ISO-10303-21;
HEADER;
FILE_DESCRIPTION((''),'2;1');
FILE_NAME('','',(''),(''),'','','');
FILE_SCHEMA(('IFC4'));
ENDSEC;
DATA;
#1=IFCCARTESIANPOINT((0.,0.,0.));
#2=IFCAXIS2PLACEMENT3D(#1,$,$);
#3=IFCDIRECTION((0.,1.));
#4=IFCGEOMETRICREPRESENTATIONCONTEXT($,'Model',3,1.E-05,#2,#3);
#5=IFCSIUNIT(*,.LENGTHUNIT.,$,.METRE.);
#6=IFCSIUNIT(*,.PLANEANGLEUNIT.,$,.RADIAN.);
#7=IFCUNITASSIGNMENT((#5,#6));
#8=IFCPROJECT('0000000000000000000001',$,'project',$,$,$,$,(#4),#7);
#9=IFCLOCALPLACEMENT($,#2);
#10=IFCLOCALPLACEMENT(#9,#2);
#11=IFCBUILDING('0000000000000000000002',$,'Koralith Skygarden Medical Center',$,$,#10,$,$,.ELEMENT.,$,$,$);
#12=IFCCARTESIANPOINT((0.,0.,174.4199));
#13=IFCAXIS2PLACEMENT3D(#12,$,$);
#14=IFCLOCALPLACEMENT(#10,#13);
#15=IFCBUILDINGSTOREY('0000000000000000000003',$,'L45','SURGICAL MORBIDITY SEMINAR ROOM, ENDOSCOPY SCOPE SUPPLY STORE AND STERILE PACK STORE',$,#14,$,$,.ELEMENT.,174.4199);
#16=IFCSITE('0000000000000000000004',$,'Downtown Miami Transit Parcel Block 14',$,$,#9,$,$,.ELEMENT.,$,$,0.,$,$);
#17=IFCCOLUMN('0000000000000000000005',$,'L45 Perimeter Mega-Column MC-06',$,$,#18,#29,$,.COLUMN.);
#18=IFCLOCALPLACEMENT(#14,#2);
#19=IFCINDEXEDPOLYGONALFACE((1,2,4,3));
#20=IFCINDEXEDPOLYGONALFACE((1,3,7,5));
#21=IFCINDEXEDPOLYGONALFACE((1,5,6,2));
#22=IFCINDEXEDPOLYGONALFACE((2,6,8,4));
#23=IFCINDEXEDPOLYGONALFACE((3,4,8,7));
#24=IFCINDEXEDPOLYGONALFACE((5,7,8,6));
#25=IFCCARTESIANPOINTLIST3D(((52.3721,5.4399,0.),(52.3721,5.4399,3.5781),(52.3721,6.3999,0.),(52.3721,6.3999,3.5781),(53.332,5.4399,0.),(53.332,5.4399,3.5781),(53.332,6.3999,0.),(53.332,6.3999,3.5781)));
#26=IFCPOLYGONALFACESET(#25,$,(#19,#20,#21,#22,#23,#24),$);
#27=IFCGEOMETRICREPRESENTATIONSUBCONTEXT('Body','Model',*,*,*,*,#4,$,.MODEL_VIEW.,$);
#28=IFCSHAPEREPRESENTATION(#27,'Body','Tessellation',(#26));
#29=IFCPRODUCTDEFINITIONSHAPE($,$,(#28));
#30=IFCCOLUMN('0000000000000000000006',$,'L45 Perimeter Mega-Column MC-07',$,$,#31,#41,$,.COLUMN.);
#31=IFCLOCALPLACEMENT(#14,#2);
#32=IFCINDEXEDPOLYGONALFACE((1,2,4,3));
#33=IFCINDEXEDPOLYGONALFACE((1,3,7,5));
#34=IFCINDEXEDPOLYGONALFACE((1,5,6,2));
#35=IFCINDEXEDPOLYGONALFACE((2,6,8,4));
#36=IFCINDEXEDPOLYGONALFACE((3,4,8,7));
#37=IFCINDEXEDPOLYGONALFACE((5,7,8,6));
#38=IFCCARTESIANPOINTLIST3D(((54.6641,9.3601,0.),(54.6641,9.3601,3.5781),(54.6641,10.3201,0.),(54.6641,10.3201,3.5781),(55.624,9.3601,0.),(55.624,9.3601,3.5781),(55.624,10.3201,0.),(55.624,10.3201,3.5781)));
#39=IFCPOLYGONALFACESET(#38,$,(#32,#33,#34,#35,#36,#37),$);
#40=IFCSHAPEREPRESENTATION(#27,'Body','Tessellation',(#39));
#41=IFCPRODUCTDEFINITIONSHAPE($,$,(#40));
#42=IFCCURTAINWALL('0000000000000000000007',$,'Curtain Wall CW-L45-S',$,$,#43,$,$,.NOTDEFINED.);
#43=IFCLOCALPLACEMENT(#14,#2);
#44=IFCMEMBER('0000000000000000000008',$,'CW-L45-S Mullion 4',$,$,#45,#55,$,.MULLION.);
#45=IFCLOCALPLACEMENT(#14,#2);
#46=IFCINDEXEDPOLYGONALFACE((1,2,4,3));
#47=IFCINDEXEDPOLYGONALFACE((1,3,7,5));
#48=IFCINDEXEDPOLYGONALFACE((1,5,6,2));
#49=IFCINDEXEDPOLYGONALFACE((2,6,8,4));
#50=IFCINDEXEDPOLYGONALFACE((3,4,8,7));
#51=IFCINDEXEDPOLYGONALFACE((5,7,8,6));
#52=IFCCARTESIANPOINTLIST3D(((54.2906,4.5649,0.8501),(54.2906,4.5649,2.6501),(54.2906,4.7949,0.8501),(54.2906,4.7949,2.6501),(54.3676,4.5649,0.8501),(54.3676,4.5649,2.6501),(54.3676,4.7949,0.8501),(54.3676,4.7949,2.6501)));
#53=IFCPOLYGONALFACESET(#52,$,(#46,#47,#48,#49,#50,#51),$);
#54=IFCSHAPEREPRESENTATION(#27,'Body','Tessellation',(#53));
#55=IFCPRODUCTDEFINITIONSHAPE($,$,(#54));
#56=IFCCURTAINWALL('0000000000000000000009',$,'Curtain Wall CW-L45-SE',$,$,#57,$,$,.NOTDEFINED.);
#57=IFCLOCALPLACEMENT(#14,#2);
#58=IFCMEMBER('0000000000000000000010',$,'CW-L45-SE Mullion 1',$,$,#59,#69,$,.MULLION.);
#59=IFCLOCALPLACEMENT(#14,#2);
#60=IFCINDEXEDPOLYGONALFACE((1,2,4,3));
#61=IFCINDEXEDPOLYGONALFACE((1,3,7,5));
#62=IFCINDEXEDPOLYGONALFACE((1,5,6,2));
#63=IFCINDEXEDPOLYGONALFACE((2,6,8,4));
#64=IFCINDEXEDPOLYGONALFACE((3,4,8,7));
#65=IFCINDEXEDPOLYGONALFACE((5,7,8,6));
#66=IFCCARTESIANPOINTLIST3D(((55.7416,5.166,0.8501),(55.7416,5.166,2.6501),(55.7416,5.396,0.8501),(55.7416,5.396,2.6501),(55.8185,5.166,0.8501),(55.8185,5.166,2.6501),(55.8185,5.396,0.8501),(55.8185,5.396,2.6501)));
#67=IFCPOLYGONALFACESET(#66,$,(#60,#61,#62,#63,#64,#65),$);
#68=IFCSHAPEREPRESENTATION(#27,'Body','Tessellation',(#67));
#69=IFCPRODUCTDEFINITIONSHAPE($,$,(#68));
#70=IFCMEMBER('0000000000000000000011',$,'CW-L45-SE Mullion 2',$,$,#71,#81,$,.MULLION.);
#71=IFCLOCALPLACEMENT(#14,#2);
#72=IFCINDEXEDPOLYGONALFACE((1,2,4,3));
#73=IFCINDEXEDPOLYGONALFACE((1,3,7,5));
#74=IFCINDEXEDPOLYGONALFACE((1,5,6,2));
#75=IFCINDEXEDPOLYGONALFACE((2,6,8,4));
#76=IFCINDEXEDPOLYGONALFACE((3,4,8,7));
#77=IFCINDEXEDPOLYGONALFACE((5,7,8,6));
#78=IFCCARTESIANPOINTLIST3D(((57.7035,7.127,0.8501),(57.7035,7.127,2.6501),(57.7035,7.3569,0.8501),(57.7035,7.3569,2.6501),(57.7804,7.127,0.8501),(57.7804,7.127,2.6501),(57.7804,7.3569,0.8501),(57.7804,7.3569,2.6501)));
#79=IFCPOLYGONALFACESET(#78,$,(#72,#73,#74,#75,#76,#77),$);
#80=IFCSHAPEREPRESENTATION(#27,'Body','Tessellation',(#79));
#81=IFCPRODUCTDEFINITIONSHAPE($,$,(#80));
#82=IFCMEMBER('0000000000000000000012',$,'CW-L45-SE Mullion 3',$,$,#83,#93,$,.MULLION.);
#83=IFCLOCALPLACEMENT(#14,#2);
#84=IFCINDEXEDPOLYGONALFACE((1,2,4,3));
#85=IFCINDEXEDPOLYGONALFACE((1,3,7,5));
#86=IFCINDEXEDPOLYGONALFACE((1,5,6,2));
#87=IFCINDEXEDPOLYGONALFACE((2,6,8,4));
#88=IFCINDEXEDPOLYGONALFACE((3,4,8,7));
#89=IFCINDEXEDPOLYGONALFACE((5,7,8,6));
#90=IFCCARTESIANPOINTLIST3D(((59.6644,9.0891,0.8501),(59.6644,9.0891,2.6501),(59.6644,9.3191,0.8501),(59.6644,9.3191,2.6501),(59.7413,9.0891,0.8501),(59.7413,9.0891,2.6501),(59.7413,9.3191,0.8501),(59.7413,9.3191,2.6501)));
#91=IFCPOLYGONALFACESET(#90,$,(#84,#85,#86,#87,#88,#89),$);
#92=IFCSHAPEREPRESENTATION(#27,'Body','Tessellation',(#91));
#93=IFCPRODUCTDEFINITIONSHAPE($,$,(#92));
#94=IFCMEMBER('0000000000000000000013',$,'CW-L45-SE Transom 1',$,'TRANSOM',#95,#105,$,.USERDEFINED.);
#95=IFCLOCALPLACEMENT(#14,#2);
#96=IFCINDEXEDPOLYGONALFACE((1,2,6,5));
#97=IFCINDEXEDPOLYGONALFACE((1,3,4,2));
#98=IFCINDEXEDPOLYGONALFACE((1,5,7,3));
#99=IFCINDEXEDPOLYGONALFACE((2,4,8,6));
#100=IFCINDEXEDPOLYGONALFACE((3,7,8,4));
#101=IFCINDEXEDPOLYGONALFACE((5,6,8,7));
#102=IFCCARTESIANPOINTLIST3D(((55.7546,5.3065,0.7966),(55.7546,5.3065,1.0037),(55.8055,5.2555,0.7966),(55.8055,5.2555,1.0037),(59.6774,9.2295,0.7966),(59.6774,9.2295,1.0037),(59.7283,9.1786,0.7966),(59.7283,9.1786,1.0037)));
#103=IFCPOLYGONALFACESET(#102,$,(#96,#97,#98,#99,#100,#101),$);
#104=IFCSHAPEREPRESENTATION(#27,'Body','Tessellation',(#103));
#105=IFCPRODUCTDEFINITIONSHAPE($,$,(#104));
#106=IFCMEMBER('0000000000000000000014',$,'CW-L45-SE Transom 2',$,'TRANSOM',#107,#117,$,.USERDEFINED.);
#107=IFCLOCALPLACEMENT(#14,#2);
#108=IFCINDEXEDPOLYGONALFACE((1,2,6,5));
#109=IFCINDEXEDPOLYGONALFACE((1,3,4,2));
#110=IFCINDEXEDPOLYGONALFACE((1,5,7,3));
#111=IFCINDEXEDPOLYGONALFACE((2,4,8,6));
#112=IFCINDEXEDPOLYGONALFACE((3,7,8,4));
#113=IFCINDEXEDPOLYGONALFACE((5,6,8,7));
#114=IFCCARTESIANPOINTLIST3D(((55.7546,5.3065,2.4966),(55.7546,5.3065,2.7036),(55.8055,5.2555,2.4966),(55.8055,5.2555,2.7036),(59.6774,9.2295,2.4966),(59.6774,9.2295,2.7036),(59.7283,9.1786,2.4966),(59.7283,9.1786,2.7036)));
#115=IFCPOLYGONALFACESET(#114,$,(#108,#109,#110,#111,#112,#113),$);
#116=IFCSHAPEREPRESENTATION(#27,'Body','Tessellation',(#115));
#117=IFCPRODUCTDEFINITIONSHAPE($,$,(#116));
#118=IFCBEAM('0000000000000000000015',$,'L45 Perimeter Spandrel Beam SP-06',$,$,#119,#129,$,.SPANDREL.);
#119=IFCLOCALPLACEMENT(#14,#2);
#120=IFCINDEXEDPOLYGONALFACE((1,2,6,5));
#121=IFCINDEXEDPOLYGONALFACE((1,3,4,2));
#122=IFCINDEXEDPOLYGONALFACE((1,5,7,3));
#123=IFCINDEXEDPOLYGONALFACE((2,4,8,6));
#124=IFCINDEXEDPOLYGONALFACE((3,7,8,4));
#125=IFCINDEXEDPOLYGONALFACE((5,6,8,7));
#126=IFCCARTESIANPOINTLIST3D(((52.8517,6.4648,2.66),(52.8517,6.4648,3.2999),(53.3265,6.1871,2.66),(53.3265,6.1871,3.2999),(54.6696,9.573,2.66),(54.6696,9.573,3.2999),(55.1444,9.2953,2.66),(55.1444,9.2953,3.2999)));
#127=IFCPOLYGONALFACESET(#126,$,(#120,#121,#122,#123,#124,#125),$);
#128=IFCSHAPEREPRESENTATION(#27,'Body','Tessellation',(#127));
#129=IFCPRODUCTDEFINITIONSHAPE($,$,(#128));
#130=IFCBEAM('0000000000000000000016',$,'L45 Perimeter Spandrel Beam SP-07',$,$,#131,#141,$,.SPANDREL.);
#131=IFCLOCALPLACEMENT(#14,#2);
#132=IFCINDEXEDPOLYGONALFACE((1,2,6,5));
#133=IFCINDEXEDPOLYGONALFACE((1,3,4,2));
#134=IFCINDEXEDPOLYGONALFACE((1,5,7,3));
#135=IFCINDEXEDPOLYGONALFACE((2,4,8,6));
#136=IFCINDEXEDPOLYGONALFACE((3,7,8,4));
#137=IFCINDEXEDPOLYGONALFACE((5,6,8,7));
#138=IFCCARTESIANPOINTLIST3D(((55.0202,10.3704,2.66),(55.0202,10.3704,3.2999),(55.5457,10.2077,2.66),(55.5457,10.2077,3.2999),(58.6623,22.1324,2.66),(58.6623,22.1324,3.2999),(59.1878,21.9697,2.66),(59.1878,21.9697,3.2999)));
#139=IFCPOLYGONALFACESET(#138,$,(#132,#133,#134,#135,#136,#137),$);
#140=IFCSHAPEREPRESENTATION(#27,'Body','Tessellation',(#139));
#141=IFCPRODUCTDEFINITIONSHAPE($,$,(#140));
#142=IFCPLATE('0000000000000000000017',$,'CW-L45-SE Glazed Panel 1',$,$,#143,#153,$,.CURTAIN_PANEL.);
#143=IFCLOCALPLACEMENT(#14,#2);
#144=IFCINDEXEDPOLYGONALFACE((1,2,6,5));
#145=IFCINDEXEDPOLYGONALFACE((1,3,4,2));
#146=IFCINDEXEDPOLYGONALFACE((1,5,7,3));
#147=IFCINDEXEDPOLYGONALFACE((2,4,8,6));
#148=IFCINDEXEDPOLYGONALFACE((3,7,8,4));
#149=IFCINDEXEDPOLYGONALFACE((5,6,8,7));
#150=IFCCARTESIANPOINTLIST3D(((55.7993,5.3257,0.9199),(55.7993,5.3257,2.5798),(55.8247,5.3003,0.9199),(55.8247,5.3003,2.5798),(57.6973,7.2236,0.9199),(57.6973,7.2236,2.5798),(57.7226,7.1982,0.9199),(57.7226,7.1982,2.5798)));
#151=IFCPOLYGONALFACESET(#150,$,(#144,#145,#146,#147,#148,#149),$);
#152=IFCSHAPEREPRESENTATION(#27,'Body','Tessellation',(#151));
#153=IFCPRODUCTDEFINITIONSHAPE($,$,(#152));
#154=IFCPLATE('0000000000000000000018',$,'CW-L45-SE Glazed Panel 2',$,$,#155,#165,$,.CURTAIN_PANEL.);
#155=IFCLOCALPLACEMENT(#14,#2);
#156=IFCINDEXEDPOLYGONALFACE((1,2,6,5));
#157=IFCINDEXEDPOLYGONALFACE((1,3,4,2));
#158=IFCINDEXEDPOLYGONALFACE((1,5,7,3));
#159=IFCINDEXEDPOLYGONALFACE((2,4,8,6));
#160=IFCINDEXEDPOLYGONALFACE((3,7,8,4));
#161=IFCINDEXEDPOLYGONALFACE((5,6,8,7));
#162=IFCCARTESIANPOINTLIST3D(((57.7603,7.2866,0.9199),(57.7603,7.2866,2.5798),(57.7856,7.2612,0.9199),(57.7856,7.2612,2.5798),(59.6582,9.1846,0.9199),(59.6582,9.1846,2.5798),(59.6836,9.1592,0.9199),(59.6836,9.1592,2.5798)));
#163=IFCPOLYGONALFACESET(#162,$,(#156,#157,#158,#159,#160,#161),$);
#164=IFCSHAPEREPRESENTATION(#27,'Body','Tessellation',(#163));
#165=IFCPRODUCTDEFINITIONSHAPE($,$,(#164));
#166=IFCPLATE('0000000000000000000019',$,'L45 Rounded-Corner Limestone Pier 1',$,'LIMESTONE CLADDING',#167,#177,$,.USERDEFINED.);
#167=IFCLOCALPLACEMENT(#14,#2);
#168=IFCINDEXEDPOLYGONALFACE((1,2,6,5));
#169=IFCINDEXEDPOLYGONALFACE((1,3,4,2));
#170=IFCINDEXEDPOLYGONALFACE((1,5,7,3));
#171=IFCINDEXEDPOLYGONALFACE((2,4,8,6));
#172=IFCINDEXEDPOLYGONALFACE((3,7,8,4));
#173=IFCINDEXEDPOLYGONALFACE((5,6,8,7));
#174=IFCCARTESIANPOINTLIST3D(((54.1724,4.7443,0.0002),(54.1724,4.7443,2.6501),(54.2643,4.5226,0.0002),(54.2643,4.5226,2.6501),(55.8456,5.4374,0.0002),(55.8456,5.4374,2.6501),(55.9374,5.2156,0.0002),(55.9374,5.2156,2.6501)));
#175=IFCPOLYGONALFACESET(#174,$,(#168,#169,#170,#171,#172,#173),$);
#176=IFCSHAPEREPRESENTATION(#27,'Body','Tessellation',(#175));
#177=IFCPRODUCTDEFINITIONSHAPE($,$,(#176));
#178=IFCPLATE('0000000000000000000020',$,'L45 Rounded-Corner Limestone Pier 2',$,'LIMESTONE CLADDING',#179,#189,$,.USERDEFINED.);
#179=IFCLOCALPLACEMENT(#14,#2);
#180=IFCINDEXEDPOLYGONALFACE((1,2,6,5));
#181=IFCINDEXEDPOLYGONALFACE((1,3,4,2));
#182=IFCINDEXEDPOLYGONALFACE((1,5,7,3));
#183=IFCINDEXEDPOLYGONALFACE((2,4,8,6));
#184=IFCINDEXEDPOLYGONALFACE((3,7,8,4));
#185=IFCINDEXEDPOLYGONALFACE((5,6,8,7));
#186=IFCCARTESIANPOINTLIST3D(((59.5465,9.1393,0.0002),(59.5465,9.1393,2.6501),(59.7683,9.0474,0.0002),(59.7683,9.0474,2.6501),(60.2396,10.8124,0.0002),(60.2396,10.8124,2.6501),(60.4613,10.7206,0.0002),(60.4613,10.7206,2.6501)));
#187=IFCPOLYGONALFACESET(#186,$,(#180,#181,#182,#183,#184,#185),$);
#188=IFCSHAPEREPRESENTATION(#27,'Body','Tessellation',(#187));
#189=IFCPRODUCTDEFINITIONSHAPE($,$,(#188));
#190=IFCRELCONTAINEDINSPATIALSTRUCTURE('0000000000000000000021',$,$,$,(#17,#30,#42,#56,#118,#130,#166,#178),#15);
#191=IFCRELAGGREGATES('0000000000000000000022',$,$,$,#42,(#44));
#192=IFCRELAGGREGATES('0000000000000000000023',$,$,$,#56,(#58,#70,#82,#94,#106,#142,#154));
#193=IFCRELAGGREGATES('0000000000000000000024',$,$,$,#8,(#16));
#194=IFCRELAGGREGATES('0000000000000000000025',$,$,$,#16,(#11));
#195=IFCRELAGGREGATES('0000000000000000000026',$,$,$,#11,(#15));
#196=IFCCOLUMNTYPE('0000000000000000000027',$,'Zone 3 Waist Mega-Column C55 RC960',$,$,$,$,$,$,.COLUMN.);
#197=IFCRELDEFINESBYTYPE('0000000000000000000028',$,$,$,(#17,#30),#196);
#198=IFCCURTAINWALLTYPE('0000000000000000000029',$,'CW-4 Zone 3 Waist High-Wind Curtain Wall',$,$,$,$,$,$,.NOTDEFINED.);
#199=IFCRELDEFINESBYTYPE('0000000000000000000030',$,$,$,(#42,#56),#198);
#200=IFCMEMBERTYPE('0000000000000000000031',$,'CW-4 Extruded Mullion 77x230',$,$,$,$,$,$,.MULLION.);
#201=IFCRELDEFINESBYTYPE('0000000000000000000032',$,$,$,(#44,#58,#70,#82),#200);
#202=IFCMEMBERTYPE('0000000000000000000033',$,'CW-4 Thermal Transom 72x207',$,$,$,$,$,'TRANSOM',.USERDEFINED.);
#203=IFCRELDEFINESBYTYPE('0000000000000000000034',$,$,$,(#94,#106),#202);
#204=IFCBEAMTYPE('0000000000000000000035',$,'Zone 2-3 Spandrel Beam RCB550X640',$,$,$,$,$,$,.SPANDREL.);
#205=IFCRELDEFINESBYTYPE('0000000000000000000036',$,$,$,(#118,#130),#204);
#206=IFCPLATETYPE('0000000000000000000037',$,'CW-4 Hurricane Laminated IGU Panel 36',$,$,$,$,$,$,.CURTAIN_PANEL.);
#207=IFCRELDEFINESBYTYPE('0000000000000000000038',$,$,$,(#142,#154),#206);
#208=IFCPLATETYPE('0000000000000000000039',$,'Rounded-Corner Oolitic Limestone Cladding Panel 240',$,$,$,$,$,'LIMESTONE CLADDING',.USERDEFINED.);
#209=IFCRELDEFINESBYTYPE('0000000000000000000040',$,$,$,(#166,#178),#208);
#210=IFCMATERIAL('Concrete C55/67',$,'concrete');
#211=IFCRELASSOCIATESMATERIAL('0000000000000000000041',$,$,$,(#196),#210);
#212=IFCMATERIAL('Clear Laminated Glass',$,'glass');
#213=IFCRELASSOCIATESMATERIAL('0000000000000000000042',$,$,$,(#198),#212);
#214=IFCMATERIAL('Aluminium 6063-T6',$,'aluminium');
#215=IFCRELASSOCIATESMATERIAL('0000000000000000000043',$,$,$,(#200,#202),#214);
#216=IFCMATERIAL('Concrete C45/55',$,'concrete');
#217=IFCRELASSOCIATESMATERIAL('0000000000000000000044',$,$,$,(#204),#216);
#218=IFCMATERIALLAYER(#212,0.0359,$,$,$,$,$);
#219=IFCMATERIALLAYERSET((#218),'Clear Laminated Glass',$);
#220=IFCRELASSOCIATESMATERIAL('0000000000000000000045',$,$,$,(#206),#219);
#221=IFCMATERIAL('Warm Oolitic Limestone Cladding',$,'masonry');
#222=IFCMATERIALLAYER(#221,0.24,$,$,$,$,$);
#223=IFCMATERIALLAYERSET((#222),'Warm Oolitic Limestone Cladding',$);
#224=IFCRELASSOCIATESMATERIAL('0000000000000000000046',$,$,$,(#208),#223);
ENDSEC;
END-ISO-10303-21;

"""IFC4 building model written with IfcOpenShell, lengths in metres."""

from ifc_helpers import new_model, si_unit, direction, frame, origin, origin_2d, place, context, subcontext, project, spatial, rectangle, extrude, material, layer, layer_set, material_profile, profile_set, type_object, element, aggregate, save


model = new_model("IFC4")

# Units and contexts
model_context = context("Model", 3, precision=1e-05, world=origin(), true_north=direction((0.0, 1.0)))
body_context = subcontext(model_context, "Body", "Model", "MODEL_VIEW")
ifc_project = project(units=[si_unit("LENGTHUNIT", "METRE"), si_unit("PLANEANGLEUNIT", "RADIAN")], contexts=[model_context])

# Site, building, storey
site_placement = place(None, origin())
site = spatial("IfcSite", under=ifc_project, at=site_placement, Name="Downtown Miami Transit Parcel Block 14", CompositionType="ELEMENT", RefElevation=0.0)
building_placement = place(site_placement, origin())
building = spatial("IfcBuilding", under=site, at=building_placement, Name="Koralith Skygarden Medical Center", CompositionType="ELEMENT")
storey_placement = place(building_placement, frame((0.0, 0.0, 174.4199)))
storey = spatial("IfcBuildingStorey", under=building, at=storey_placement, Name="L45", Description="SURGICAL MORBIDITY SEMINAR ROOM, ENDOSCOPY SCOPE SUPPLY STORE AND STERILE PACK STORE", CompositionType="ELEMENT", Elevation=174.4199)

# Columns
ifc_material_1 = material(Name="Concrete C55/67", Category="concrete")
ifc_material_profile_1 = material_profile(ifc_material_1, rectangle(XDim=0.96, YDim=0.96, at=origin_2d()), Name="RC960X960")
ifc_profile_set_1 = profile_set([ifc_material_profile_1], Name="Concrete C55/67")
column_type = type_object("IfcColumnType", Name="Zone 3 Waist Mega-Column C55 RC960", PredefinedType="COLUMN", material=ifc_profile_set_1)
for number, where, z_axis, x_axis, name in (
    (1, (52.8521, 5.9199, 0.0), (0.0, 0.0, 1.0), (1.0, 0.0, 0.0), "L45 Perimeter Mega-Column MC-06"),
    (2, (55.144, 9.8401, 0.0), (0.0, 0.0, 1.0), (1.0, 0.0, 0.0), "L45 Perimeter Mega-Column MC-07"),
):
    element("IfcColumn", number, at=place(storey_placement, frame(where, z_axis=z_axis, x_axis=x_axis)), inside=storey, type_object=column_type, Name=name, PredefinedType="COLUMN", context=body_context, shape_type="SweptSolid", body=[
        extrude(rectangle(XDim=0.96, YDim=0.96, at=origin_2d()), origin(), (0.0, 0.0, 1.0), 3.5781),
    ])

# Curtain wall, member
ifc_material_2 = material(Name="Clear Laminated Glass", Category="glass")
curtain_wall_type = type_object("IfcCurtainWallType", Name="CW-4 Zone 3 Waist High-Wind Curtain Wall", PredefinedType="NOTDEFINED", material=ifc_material_2)
curtain_wall_1_placement = place(storey_placement, origin())
curtain_wall_1 = element("IfcCurtainWall", 3, at=curtain_wall_1_placement, inside=storey, type_object=curtain_wall_type, Name="Curtain Wall CW-L45-S", PredefinedType="NOTDEFINED")
ifc_material_3 = material(Name="Aluminium 6063-T6", Category="aluminium")
ifc_material_profile_2 = material_profile(ifc_material_3, rectangle(XDim=0.0769, YDim=0.23, at=origin_2d()), Name="MUL77X230")
ifc_profile_set_2 = profile_set([ifc_material_profile_2], Name="Aluminium 6063-T6")
member_type_1 = type_object("IfcMemberType", Name="CW-4 Extruded Mullion 77x230", PredefinedType="MULLION", material=ifc_profile_set_2)
member_1_placement = place(storey_placement, frame((54.3291, 4.6799, 0.8501), z_axis=(0.0, 0.0, 1.0), x_axis=(1.0, 0.0, 0.0)))
member_1 = element("IfcMember", 4, at=member_1_placement, type_object=member_type_1, Name="CW-L45-S Mullion 4", PredefinedType="MULLION", context=body_context, shape_type="SweptSolid", body=[
    extrude(rectangle(XDim=0.0769, YDim=0.23, at=origin_2d()), origin(), (0.0, 0.0, 1.0), 1.8),
])
aggregate(curtain_wall_1, [member_1])

# Curtain wall, members
curtain_wall_2_placement = place(storey_placement, origin())
curtain_wall_2 = element("IfcCurtainWall", 5, at=curtain_wall_2_placement, inside=storey, type_object=curtain_wall_type, Name="Curtain Wall CW-L45-SE", PredefinedType="NOTDEFINED")
member_2_placement = place(storey_placement, frame((55.78, 5.281, 0.8501), z_axis=(0.0, 0.0, 1.0), x_axis=(1.0, 0.0, 0.0)))
member_2 = element("IfcMember", 6, at=member_2_placement, type_object=member_type_1, Name="CW-L45-SE Mullion 1", PredefinedType="MULLION", context=body_context, shape_type="SweptSolid", body=[
    extrude(rectangle(XDim=0.0769, YDim=0.23, at=origin_2d()), origin(), (0.0, 0.0, 1.0), 1.8),
])
member_3_placement = place(storey_placement, frame((57.7419, 7.2419, 0.8501), z_axis=(0.0, 0.0, 1.0), x_axis=(1.0, 0.0, 0.0)))
member_3 = element("IfcMember", 7, at=member_3_placement, type_object=member_type_1, Name="CW-L45-SE Mullion 2", PredefinedType="MULLION", context=body_context, shape_type="SweptSolid", body=[
    extrude(rectangle(XDim=0.0769, YDim=0.23, at=origin_2d()), origin(), (0.0, 0.0, 1.0), 1.8),
])
member_4_placement = place(storey_placement, frame((59.7029, 9.2041, 0.8501), z_axis=(0.0, 0.0, 1.0), x_axis=(1.0, 0.0, 0.0)))
member_4 = element("IfcMember", 8, at=member_4_placement, type_object=member_type_1, Name="CW-L45-SE Mullion 3", PredefinedType="MULLION", context=body_context, shape_type="SweptSolid", body=[
    extrude(rectangle(XDim=0.0769, YDim=0.23, at=origin_2d()), origin(), (0.0, 0.0, 1.0), 1.8),
])
ifc_material_profile_3 = material_profile(ifc_material_3, rectangle(XDim=0.072, YDim=0.207, at=origin_2d()), Name="TRN72X207")
ifc_profile_set_3 = profile_set([ifc_material_profile_3], Name="Aluminium 6063-T6")
member_type_2 = type_object("IfcMemberType", Name="CW-4 Thermal Transom 72x207", ElementType="TRANSOM", PredefinedType="USERDEFINED", material=ifc_profile_set_3)
member_5_placement = place(storey_placement, frame((55.78, 5.281, 0.9001), z_axis=(0.707085, 0.707129, 0.0), x_axis=(-0.707129, 0.707085, 0.0)))
member_5 = element("IfcMember", 9, at=member_5_placement, type_object=member_type_2, Name="CW-L45-SE Transom 1", ObjectType="TRANSOM", PredefinedType="USERDEFINED", context=body_context, shape_type="SweptSolid", body=[
    extrude(rectangle(XDim=0.072, YDim=0.207, at=origin_2d()), origin(), (0.0, 0.0, 1.0), 5.5479),
])
member_6_placement = place(storey_placement, frame((55.78, 5.281, 2.6001), z_axis=(0.707085, 0.707129, 0.0), x_axis=(-0.707129, 0.707085, 0.0)))
member_6 = element("IfcMember", 10, at=member_6_placement, type_object=member_type_2, Name="CW-L45-SE Transom 2", ObjectType="TRANSOM", PredefinedType="USERDEFINED", context=body_context, shape_type="SweptSolid", body=[
    extrude(rectangle(XDim=0.072, YDim=0.207, at=origin_2d()), origin(), (0.0, 0.0, 1.0), 5.5479),
])

# Beams
ifc_material_4 = material(Name="Concrete C45/55", Category="concrete")
ifc_material_profile_4 = material_profile(ifc_material_4, rectangle(XDim=0.55, YDim=0.6399, at=origin_2d()), Name="RCB550X640")
ifc_profile_set_4 = profile_set([ifc_material_profile_4], Name="Concrete C45/55")
beam_type = type_object("IfcBeamType", Name="Zone 2-3 Spandrel Beam RCB550X640", PredefinedType="SPANDREL", material=ifc_profile_set_4)
beam_1_placement = place(storey_placement, frame((53.0891, 6.3259, 2.98), z_axis=(0.504861, 0.8632, 0.0), x_axis=(-0.8632, 0.504861, 0.0)))
element("IfcBeam", 11, at=beam_1_placement, inside=storey, type_object=beam_type, Name="L45 Perimeter Spandrel Beam SP-06", PredefinedType="SPANDREL", context=body_context, shape_type="SweptSolid", body=[
    extrude(rectangle(XDim=0.55, YDim=0.6399, at=origin_2d()), origin(), (0.0, 0.0, 1.0), 3.6008),
])
beam_2_placement = place(storey_placement, frame((55.283, 10.2891, 2.98), z_axis=(0.295794, 0.955252, 0.0), x_axis=(-0.955252, 0.295794, 0.0)))
element("IfcBeam", 12, at=beam_2_placement, inside=storey, type_object=beam_type, Name="L45 Perimeter Spandrel Beam SP-07", PredefinedType="SPANDREL", context=body_context, shape_type="SweptSolid", body=[
    extrude(rectangle(XDim=0.55, YDim=0.6399, at=origin_2d()), origin(), (0.0, 0.0, 1.0), 12.313),
])

# Plates
ifc_layer_1 = layer(ifc_material_2, 0.0359)
ifc_layer_set_1 = layer_set([ifc_layer_1], Name="Clear Laminated Glass")
plate_type_1 = type_object("IfcPlateType", Name="CW-4 Hurricane Laminated IGU Panel 36", PredefinedType="CURTAIN_PANEL", material=ifc_layer_set_1)
plate_1_placement = place(storey_placement, frame((56.761, 6.262, 0.9199), z_axis=(0.0, 0.0, 1.0), x_axis=(0.707107, 0.707107, 0.0)))
plate_1 = element("IfcPlate", 13, at=plate_1_placement, type_object=plate_type_1, Name="CW-L45-SE Glazed Panel 1", PredefinedType="CURTAIN_PANEL", context=body_context, shape_type="SweptSolid", body=[
    extrude(rectangle(XDim=2.6841, YDim=0.0359, at=origin_2d()), origin(), (0.0, 0.0, 1.0), 1.6599),
])
plate_2_placement = place(storey_placement, frame((58.7219, 8.2229, 0.9199), z_axis=(0.0, 0.0, 1.0), x_axis=(0.707107, 0.707107, 0.0)))
plate_2 = element("IfcPlate", 14, at=plate_2_placement, type_object=plate_type_1, Name="CW-L45-SE Glazed Panel 2", PredefinedType="CURTAIN_PANEL", context=body_context, shape_type="SweptSolid", body=[
    extrude(rectangle(XDim=2.6841, YDim=0.0359, at=origin_2d()), origin(), (0.0, 0.0, 1.0), 1.6599),
])
aggregate(curtain_wall_2, [member_2, member_3, member_4, member_5, member_6, plate_1, plate_2])

# Plates
ifc_material_5 = material(Name="Warm Oolitic Limestone Cladding", Category="masonry")
ifc_layer_2 = layer(ifc_material_5, 0.24)
ifc_layer_set_2 = layer_set([ifc_layer_2], Name="Warm Oolitic Limestone Cladding")
plate_type_2 = type_object("IfcPlateType", Name="Rounded-Corner Oolitic Limestone Cladding Panel 240", ElementType="LIMESTONE CLADDING", PredefinedType="USERDEFINED", material=ifc_layer_set_2)
for number, where, z_axis, x_axis, name in (
    (15, (55.0549, 4.98, 0.0002), (0.0, 0.0, 1.0), (0.923885, 0.382671, 0.0), "L45 Rounded-Corner Limestone Pier 1"),
    (16, (60.0039, 9.9299, 0.0002), (0.0, 0.0, 1.0), (0.382671, 0.923885, 0.0), "L45 Rounded-Corner Limestone Pier 2"),
):
    element("IfcPlate", number, at=place(storey_placement, frame(where, z_axis=z_axis, x_axis=x_axis)), inside=storey, type_object=plate_type_2, Name=name, ObjectType="LIMESTONE CLADDING", PredefinedType="USERDEFINED", context=body_context, shape_type="SweptSolid", body=[
        extrude(rectangle(XDim=1.811, YDim=0.24, at=origin_2d()), origin(), (0.0, 0.0, 1.0), 2.6499),
    ])

save(model, "model.ifc")
